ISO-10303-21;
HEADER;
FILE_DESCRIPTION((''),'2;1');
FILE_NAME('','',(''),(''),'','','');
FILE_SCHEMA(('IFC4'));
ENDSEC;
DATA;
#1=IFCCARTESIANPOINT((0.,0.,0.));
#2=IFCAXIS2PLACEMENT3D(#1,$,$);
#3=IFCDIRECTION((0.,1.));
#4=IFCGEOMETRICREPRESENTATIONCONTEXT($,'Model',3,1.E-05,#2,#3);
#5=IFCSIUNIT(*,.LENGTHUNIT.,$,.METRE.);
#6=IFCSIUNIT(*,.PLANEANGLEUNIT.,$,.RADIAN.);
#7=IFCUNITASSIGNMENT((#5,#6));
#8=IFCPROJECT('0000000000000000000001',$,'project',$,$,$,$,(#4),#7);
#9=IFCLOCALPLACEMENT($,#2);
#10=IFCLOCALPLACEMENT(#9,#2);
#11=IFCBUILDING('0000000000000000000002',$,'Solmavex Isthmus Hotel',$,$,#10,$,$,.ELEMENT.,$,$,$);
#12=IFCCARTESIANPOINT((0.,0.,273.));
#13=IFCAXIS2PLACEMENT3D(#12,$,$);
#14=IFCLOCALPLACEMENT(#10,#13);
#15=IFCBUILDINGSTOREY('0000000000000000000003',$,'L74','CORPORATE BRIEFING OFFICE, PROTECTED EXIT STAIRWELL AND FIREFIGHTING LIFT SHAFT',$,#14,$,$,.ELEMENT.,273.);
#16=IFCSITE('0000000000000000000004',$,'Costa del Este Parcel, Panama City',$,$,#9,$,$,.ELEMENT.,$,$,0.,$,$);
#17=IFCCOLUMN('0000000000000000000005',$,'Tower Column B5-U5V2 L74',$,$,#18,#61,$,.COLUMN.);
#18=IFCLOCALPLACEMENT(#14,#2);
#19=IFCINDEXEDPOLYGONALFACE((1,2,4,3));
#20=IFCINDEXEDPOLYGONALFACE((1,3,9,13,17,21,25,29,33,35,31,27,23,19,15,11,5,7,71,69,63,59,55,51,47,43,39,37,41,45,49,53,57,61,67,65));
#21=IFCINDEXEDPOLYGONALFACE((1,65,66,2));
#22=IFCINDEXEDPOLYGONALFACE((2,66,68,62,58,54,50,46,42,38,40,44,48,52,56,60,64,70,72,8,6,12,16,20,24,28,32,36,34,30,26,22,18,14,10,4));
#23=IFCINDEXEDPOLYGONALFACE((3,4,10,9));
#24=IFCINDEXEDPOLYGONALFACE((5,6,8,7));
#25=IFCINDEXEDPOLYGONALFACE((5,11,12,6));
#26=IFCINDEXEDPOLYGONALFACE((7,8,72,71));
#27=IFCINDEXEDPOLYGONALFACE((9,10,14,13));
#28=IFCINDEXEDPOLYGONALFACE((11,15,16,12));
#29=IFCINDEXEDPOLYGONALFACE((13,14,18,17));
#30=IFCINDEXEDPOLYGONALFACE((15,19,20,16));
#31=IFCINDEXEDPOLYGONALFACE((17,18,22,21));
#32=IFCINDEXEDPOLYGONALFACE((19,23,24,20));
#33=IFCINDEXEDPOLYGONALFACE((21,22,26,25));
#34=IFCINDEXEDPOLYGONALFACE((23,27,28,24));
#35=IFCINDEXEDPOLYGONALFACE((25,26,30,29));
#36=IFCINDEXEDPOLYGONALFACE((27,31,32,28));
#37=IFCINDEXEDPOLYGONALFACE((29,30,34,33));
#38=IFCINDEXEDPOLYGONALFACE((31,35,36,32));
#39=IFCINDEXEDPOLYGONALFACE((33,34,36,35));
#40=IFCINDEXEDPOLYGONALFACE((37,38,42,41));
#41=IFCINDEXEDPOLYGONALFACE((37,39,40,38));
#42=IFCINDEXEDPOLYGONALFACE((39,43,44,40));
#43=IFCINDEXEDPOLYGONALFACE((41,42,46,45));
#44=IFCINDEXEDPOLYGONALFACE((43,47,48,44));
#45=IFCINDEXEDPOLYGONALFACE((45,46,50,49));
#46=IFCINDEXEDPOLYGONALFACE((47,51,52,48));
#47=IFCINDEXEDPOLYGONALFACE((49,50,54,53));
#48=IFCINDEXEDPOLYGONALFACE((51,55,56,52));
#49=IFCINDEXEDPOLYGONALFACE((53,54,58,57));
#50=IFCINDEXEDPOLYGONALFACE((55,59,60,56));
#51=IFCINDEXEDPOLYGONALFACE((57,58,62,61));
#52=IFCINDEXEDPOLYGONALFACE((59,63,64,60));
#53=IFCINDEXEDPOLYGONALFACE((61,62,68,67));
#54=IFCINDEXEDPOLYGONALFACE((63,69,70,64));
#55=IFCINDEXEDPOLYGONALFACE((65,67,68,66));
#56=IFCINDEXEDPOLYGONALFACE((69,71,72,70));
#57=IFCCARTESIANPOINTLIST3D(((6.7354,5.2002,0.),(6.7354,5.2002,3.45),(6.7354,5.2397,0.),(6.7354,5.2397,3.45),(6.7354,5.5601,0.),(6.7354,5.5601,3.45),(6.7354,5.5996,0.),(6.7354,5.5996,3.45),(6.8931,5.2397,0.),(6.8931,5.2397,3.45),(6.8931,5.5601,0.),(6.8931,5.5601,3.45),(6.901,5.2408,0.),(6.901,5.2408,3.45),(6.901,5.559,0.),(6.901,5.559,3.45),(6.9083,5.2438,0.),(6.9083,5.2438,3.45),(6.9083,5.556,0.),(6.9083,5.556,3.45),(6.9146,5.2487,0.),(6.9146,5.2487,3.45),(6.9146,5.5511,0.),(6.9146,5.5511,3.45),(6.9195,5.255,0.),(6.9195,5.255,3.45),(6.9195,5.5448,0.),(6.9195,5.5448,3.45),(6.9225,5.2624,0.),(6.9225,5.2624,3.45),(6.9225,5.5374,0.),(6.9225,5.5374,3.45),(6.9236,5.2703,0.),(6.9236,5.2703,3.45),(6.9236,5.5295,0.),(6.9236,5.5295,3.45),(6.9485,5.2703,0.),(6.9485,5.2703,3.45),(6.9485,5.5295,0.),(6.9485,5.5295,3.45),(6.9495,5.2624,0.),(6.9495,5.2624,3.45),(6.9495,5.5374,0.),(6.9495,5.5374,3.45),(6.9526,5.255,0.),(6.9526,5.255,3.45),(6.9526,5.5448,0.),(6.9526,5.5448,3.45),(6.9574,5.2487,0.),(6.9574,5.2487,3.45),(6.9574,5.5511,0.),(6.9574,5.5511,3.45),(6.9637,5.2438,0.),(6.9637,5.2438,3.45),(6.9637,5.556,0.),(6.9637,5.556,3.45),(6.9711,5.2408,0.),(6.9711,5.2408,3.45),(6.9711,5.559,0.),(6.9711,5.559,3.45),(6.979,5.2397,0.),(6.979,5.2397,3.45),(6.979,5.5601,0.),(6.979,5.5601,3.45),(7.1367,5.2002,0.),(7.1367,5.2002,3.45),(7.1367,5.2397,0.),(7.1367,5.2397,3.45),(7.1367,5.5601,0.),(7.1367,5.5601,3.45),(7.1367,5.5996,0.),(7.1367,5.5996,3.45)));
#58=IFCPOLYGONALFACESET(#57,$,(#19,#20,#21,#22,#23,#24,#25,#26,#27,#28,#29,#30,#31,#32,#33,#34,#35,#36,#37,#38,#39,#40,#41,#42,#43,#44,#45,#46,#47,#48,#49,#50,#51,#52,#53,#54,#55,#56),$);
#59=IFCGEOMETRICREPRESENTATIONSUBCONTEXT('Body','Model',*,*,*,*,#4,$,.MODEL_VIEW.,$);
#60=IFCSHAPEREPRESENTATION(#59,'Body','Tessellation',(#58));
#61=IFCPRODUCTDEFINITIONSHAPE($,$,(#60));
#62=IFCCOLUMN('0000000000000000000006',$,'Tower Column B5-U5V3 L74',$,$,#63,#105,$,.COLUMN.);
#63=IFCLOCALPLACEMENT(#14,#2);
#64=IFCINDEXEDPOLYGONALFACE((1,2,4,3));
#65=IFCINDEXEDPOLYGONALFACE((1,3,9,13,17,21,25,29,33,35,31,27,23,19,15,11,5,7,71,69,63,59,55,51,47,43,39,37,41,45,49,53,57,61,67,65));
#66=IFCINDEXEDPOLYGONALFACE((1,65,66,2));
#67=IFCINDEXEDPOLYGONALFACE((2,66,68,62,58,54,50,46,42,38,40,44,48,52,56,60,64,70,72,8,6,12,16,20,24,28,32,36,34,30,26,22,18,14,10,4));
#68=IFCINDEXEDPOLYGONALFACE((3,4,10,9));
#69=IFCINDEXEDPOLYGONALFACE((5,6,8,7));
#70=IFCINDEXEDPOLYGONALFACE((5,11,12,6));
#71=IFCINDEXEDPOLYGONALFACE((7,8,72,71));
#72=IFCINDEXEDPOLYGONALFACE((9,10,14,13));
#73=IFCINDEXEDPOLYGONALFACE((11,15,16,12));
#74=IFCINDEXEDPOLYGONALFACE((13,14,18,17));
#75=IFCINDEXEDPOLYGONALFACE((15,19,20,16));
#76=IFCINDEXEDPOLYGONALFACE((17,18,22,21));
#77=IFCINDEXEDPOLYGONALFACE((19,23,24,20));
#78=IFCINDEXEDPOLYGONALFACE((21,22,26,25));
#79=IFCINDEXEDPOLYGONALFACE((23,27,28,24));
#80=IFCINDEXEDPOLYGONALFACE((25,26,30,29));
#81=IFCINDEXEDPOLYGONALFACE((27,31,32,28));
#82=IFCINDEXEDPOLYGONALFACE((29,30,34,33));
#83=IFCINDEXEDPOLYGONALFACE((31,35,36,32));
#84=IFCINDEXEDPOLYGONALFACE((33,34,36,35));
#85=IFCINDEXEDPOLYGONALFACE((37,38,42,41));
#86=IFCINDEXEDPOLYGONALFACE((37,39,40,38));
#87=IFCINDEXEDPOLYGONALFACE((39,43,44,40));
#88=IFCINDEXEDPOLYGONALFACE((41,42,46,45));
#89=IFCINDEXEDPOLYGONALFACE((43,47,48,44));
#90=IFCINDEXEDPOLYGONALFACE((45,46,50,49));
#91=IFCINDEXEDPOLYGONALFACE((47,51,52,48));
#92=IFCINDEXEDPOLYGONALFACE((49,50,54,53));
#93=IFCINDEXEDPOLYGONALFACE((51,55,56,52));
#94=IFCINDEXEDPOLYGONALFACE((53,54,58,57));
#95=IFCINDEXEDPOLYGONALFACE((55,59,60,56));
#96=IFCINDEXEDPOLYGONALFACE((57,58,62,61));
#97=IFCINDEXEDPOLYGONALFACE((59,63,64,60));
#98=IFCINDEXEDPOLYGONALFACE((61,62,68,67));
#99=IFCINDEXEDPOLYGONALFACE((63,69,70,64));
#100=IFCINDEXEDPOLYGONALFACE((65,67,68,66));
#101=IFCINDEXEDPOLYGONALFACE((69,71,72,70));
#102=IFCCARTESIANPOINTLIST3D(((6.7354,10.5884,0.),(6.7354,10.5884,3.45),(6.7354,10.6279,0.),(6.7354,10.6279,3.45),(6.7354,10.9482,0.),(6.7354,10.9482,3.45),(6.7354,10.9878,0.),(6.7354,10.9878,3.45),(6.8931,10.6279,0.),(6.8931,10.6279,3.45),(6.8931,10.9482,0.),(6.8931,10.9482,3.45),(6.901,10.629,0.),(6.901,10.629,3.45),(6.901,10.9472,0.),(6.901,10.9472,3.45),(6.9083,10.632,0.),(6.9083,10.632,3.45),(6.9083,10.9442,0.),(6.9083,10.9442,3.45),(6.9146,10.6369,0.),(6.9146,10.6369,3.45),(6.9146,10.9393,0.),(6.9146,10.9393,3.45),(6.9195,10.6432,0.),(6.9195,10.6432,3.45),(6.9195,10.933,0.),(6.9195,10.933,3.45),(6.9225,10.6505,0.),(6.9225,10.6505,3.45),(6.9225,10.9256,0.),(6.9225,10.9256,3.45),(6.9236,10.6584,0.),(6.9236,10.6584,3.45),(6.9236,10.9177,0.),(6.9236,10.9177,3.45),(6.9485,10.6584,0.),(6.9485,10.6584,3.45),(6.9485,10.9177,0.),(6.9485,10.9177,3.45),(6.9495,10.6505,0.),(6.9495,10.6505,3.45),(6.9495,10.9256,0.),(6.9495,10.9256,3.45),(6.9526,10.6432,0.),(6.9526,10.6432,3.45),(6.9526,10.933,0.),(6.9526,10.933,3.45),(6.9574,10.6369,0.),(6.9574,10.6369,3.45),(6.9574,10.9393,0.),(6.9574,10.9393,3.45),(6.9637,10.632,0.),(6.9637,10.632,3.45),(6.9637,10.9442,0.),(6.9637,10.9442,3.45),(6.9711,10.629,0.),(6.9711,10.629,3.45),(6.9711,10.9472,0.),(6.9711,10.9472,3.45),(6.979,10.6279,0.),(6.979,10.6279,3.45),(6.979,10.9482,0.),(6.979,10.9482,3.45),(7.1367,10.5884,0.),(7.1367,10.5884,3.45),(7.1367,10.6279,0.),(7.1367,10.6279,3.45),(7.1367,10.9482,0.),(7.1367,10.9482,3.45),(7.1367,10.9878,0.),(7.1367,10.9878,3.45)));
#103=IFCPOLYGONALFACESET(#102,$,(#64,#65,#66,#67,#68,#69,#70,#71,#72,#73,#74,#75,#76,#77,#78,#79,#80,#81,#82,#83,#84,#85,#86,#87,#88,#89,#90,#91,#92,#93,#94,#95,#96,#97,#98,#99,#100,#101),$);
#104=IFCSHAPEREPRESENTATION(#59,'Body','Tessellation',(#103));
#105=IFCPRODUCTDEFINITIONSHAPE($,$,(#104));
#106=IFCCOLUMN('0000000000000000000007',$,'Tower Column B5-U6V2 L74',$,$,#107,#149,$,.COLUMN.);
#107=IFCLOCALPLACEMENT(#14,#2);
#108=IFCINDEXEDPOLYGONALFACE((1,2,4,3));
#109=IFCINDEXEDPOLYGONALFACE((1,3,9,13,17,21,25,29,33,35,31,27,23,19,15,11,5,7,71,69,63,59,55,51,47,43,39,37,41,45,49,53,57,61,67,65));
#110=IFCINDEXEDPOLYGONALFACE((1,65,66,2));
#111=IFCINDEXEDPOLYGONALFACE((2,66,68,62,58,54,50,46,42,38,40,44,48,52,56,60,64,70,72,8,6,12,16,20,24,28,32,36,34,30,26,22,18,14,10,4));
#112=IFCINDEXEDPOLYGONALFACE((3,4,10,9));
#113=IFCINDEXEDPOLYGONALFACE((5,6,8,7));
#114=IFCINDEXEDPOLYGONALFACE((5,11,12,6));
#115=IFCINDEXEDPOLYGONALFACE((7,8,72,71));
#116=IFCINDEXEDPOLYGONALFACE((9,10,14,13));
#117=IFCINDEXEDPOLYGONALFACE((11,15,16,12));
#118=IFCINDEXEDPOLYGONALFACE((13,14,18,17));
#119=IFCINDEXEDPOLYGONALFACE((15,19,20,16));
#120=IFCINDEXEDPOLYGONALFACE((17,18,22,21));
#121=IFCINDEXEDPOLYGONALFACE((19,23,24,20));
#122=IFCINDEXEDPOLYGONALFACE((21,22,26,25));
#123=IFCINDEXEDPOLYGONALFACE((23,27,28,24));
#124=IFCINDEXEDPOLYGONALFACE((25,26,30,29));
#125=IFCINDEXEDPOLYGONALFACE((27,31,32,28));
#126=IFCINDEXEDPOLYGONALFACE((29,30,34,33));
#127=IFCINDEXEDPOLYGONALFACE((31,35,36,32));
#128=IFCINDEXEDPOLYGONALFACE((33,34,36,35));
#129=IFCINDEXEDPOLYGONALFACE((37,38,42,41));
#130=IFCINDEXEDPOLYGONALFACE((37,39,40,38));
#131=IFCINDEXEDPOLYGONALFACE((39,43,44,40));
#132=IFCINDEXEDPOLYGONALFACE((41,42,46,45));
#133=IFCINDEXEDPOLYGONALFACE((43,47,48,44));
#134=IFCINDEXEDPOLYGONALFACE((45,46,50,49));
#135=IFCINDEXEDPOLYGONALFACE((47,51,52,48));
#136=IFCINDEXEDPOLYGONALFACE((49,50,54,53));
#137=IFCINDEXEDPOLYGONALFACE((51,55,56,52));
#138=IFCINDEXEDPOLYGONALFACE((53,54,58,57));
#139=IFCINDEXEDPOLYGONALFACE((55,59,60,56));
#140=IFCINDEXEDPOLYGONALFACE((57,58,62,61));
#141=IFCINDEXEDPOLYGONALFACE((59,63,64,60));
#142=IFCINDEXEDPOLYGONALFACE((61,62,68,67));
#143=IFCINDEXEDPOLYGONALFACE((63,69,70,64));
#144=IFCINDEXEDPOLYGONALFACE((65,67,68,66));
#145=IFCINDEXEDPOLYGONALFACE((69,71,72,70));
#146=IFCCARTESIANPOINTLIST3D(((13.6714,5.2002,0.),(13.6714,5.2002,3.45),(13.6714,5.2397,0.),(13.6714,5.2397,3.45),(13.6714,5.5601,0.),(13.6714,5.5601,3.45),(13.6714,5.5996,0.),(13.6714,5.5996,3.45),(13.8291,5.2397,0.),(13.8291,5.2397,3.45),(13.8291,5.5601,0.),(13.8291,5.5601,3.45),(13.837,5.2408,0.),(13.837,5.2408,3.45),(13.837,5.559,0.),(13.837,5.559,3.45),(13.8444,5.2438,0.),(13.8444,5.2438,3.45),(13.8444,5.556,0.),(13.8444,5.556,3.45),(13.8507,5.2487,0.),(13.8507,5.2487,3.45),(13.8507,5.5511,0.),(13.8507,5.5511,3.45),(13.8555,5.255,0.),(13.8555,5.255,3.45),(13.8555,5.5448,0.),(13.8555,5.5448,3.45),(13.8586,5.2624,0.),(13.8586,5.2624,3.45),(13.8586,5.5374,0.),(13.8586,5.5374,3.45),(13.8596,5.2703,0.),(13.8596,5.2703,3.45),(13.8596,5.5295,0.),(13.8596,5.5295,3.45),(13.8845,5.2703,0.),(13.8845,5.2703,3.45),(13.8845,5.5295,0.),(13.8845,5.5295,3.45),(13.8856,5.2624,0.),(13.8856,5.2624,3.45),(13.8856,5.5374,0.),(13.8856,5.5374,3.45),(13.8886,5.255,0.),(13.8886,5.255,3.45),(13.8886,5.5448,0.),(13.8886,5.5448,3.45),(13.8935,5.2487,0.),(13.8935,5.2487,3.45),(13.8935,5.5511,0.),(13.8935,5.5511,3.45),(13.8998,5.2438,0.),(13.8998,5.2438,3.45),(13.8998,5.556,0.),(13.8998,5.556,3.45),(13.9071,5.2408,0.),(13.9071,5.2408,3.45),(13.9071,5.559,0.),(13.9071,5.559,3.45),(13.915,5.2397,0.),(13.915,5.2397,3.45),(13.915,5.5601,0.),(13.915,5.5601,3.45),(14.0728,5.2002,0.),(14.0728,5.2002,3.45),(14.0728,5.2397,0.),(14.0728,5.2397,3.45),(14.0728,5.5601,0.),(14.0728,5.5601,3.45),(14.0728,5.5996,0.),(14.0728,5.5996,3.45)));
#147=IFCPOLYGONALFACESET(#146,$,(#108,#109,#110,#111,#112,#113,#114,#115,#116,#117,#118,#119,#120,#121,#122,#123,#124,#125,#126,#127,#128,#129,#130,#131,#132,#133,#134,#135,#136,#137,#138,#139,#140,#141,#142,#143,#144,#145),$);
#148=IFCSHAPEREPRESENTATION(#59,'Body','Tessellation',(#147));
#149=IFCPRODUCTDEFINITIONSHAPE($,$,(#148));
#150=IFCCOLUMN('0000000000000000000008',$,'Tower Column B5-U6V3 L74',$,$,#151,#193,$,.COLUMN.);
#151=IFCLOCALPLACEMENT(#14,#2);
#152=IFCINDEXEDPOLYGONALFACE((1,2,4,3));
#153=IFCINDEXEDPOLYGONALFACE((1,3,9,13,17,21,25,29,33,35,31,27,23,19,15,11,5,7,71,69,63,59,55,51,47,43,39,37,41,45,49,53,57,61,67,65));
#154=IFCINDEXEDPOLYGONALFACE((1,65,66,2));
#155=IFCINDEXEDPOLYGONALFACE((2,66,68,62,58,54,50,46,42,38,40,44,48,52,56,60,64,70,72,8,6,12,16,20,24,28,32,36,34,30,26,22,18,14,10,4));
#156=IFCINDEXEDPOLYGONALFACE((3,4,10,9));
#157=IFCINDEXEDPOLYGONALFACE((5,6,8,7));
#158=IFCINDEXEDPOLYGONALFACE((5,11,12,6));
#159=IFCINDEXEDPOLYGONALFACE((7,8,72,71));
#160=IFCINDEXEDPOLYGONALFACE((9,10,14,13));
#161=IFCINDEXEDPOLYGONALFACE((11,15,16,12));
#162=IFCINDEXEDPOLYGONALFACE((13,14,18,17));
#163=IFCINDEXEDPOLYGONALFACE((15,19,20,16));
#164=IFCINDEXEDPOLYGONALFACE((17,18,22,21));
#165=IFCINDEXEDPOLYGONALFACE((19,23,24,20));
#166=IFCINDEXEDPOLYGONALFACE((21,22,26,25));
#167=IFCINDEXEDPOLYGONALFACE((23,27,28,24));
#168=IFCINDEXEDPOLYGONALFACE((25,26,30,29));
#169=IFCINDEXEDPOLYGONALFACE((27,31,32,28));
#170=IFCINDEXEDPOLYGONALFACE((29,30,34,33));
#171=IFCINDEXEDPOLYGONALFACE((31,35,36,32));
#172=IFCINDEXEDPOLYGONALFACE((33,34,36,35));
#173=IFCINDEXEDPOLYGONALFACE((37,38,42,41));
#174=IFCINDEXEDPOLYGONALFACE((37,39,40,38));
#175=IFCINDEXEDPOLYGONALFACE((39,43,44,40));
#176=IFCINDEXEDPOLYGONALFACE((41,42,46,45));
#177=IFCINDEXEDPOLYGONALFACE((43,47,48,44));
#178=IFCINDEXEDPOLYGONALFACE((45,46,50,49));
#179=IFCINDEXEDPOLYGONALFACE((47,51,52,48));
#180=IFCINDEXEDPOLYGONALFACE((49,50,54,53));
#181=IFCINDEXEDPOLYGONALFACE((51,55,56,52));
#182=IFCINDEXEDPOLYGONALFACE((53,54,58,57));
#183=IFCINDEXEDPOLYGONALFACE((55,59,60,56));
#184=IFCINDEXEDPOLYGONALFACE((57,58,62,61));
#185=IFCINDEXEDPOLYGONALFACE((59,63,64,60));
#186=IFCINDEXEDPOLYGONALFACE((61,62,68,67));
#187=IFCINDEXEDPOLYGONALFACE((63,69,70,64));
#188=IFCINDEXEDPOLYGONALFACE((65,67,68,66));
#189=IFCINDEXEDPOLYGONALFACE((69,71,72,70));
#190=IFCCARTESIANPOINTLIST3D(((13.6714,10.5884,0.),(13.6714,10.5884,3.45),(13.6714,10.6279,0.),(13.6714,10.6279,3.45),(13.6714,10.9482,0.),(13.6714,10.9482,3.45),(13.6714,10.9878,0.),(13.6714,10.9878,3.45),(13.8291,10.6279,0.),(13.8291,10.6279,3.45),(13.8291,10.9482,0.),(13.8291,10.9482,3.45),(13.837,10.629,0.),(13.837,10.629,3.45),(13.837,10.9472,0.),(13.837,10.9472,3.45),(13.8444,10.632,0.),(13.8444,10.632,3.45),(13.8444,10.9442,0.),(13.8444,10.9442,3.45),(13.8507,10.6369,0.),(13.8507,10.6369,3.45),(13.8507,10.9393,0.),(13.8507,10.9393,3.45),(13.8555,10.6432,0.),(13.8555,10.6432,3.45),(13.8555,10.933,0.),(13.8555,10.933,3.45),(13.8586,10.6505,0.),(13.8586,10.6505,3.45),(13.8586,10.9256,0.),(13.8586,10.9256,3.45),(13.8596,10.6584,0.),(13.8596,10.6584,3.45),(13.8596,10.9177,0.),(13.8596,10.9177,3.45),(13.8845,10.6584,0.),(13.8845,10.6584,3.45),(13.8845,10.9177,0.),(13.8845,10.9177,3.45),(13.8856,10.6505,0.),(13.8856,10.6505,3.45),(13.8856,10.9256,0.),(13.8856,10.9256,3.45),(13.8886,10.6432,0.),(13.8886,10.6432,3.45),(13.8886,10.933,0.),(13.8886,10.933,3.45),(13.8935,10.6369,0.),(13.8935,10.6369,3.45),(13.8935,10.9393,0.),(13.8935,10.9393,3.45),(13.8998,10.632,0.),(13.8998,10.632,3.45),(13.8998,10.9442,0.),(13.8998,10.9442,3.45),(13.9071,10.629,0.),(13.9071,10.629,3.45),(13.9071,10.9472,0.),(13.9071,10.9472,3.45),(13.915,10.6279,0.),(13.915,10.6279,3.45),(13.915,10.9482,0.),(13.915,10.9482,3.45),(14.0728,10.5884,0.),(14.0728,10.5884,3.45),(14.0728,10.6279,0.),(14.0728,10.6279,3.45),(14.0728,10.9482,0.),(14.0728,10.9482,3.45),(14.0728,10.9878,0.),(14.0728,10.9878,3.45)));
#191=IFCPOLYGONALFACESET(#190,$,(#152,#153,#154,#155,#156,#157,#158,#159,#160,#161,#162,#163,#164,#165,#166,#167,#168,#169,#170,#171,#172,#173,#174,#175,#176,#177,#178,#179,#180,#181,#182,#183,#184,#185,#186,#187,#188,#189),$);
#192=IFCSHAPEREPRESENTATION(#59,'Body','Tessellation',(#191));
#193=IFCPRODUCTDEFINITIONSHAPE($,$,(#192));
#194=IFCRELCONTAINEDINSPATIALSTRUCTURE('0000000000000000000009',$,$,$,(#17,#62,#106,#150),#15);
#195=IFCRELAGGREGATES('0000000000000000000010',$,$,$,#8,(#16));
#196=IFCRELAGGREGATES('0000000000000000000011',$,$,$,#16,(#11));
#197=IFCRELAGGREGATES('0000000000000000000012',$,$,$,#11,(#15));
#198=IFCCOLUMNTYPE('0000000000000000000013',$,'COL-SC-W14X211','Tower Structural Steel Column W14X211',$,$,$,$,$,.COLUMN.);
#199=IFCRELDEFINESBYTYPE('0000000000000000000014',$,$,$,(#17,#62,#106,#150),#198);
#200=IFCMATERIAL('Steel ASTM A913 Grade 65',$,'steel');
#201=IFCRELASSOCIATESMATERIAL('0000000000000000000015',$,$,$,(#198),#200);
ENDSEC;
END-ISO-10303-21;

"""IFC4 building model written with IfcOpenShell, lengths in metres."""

from ifc_helpers import new_model, si_unit, direction, frame, origin, origin_2d, place, context, subcontext, project, spatial, i_section, extrude, material, material_profile, profile_set, type_object, element, save


model = new_model("IFC4")

# Units and contexts
model_context = context("Model", 3, precision=1e-05, world=origin(), true_north=direction((0.0, 1.0)))
body_context = subcontext(model_context, "Body", "Model", "MODEL_VIEW")
ifc_project = project(units=[si_unit("LENGTHUNIT", "METRE"), si_unit("PLANEANGLEUNIT", "RADIAN")], contexts=[model_context])

# Site, building, storey
site_placement = place(None, origin())
site = spatial("IfcSite", under=ifc_project, at=site_placement, Name="Costa del Este Parcel, Panama City", CompositionType="ELEMENT", RefElevation=0.0)
building_placement = place(site_placement, origin())
building = spatial("IfcBuilding", under=site, at=building_placement, Name="Solmavex Isthmus Hotel", CompositionType="ELEMENT")
storey_placement = place(building_placement, frame((0.0, 0.0, 273.0)))
storey = spatial("IfcBuildingStorey", under=building, at=storey_placement, Name="L74", Description="CORPORATE BRIEFING OFFICE, PROTECTED EXIT STAIRWELL AND FIREFIGHTING LIFT SHAFT", CompositionType="ELEMENT", Elevation=273.0)

# Columns
ifc_material_1 = material(Name="Steel ASTM A913 Grade 65", Category="steel")
ifc_material_profile_1 = material_profile(ifc_material_1, i_section(OverallWidth=0.4014, OverallDepth=0.3994, WebThickness=0.0249, FlangeThickness=0.0396, FilletRadius=0.0305, at=origin_2d()), Name="W14X211")
ifc_profile_set_1 = profile_set([ifc_material_profile_1], Name="Steel ASTM A913 Grade 65")
column_type = type_object("IfcColumnType", Name="COL-SC-W14X211", Description="Tower Structural Steel Column W14X211", PredefinedType="COLUMN", material=ifc_profile_set_1)
for number, where, z_axis, x_axis, name in (
    (1, (6.936, 5.3999, 0.0), (0.0, 0.0, 1.0), (1.0, 0.0, 0.0), "Tower Column B5-U5V2 L74"),
    (2, (6.936, 10.7881, 0.0), (0.0, 0.0, 1.0), (1.0, 0.0, 0.0), "Tower Column B5-U5V3 L74"),
    (3, (13.8721, 5.3999, 0.0), (0.0, 0.0, 1.0), (1.0, 0.0, 0.0), "Tower Column B5-U6V2 L74"),
    (4, (13.8721, 10.7881, 0.0), (0.0, 0.0, 1.0), (1.0, 0.0, 0.0), "Tower Column B5-U6V3 L74"),
):
    element("IfcColumn", number, at=place(storey_placement, frame(where, z_axis=z_axis, x_axis=x_axis)), inside=storey, type_object=column_type, Name=name, PredefinedType="COLUMN", context=body_context, shape_type="SweptSolid", body=[
        extrude(i_section(OverallWidth=0.4014, OverallDepth=0.3994, WebThickness=0.0249, FlangeThickness=0.0396, FilletRadius=0.0305, at=origin_2d()), origin(), (0.0, 0.0, 1.0), 3.45),
    ])

save(model, "model.ifc")
